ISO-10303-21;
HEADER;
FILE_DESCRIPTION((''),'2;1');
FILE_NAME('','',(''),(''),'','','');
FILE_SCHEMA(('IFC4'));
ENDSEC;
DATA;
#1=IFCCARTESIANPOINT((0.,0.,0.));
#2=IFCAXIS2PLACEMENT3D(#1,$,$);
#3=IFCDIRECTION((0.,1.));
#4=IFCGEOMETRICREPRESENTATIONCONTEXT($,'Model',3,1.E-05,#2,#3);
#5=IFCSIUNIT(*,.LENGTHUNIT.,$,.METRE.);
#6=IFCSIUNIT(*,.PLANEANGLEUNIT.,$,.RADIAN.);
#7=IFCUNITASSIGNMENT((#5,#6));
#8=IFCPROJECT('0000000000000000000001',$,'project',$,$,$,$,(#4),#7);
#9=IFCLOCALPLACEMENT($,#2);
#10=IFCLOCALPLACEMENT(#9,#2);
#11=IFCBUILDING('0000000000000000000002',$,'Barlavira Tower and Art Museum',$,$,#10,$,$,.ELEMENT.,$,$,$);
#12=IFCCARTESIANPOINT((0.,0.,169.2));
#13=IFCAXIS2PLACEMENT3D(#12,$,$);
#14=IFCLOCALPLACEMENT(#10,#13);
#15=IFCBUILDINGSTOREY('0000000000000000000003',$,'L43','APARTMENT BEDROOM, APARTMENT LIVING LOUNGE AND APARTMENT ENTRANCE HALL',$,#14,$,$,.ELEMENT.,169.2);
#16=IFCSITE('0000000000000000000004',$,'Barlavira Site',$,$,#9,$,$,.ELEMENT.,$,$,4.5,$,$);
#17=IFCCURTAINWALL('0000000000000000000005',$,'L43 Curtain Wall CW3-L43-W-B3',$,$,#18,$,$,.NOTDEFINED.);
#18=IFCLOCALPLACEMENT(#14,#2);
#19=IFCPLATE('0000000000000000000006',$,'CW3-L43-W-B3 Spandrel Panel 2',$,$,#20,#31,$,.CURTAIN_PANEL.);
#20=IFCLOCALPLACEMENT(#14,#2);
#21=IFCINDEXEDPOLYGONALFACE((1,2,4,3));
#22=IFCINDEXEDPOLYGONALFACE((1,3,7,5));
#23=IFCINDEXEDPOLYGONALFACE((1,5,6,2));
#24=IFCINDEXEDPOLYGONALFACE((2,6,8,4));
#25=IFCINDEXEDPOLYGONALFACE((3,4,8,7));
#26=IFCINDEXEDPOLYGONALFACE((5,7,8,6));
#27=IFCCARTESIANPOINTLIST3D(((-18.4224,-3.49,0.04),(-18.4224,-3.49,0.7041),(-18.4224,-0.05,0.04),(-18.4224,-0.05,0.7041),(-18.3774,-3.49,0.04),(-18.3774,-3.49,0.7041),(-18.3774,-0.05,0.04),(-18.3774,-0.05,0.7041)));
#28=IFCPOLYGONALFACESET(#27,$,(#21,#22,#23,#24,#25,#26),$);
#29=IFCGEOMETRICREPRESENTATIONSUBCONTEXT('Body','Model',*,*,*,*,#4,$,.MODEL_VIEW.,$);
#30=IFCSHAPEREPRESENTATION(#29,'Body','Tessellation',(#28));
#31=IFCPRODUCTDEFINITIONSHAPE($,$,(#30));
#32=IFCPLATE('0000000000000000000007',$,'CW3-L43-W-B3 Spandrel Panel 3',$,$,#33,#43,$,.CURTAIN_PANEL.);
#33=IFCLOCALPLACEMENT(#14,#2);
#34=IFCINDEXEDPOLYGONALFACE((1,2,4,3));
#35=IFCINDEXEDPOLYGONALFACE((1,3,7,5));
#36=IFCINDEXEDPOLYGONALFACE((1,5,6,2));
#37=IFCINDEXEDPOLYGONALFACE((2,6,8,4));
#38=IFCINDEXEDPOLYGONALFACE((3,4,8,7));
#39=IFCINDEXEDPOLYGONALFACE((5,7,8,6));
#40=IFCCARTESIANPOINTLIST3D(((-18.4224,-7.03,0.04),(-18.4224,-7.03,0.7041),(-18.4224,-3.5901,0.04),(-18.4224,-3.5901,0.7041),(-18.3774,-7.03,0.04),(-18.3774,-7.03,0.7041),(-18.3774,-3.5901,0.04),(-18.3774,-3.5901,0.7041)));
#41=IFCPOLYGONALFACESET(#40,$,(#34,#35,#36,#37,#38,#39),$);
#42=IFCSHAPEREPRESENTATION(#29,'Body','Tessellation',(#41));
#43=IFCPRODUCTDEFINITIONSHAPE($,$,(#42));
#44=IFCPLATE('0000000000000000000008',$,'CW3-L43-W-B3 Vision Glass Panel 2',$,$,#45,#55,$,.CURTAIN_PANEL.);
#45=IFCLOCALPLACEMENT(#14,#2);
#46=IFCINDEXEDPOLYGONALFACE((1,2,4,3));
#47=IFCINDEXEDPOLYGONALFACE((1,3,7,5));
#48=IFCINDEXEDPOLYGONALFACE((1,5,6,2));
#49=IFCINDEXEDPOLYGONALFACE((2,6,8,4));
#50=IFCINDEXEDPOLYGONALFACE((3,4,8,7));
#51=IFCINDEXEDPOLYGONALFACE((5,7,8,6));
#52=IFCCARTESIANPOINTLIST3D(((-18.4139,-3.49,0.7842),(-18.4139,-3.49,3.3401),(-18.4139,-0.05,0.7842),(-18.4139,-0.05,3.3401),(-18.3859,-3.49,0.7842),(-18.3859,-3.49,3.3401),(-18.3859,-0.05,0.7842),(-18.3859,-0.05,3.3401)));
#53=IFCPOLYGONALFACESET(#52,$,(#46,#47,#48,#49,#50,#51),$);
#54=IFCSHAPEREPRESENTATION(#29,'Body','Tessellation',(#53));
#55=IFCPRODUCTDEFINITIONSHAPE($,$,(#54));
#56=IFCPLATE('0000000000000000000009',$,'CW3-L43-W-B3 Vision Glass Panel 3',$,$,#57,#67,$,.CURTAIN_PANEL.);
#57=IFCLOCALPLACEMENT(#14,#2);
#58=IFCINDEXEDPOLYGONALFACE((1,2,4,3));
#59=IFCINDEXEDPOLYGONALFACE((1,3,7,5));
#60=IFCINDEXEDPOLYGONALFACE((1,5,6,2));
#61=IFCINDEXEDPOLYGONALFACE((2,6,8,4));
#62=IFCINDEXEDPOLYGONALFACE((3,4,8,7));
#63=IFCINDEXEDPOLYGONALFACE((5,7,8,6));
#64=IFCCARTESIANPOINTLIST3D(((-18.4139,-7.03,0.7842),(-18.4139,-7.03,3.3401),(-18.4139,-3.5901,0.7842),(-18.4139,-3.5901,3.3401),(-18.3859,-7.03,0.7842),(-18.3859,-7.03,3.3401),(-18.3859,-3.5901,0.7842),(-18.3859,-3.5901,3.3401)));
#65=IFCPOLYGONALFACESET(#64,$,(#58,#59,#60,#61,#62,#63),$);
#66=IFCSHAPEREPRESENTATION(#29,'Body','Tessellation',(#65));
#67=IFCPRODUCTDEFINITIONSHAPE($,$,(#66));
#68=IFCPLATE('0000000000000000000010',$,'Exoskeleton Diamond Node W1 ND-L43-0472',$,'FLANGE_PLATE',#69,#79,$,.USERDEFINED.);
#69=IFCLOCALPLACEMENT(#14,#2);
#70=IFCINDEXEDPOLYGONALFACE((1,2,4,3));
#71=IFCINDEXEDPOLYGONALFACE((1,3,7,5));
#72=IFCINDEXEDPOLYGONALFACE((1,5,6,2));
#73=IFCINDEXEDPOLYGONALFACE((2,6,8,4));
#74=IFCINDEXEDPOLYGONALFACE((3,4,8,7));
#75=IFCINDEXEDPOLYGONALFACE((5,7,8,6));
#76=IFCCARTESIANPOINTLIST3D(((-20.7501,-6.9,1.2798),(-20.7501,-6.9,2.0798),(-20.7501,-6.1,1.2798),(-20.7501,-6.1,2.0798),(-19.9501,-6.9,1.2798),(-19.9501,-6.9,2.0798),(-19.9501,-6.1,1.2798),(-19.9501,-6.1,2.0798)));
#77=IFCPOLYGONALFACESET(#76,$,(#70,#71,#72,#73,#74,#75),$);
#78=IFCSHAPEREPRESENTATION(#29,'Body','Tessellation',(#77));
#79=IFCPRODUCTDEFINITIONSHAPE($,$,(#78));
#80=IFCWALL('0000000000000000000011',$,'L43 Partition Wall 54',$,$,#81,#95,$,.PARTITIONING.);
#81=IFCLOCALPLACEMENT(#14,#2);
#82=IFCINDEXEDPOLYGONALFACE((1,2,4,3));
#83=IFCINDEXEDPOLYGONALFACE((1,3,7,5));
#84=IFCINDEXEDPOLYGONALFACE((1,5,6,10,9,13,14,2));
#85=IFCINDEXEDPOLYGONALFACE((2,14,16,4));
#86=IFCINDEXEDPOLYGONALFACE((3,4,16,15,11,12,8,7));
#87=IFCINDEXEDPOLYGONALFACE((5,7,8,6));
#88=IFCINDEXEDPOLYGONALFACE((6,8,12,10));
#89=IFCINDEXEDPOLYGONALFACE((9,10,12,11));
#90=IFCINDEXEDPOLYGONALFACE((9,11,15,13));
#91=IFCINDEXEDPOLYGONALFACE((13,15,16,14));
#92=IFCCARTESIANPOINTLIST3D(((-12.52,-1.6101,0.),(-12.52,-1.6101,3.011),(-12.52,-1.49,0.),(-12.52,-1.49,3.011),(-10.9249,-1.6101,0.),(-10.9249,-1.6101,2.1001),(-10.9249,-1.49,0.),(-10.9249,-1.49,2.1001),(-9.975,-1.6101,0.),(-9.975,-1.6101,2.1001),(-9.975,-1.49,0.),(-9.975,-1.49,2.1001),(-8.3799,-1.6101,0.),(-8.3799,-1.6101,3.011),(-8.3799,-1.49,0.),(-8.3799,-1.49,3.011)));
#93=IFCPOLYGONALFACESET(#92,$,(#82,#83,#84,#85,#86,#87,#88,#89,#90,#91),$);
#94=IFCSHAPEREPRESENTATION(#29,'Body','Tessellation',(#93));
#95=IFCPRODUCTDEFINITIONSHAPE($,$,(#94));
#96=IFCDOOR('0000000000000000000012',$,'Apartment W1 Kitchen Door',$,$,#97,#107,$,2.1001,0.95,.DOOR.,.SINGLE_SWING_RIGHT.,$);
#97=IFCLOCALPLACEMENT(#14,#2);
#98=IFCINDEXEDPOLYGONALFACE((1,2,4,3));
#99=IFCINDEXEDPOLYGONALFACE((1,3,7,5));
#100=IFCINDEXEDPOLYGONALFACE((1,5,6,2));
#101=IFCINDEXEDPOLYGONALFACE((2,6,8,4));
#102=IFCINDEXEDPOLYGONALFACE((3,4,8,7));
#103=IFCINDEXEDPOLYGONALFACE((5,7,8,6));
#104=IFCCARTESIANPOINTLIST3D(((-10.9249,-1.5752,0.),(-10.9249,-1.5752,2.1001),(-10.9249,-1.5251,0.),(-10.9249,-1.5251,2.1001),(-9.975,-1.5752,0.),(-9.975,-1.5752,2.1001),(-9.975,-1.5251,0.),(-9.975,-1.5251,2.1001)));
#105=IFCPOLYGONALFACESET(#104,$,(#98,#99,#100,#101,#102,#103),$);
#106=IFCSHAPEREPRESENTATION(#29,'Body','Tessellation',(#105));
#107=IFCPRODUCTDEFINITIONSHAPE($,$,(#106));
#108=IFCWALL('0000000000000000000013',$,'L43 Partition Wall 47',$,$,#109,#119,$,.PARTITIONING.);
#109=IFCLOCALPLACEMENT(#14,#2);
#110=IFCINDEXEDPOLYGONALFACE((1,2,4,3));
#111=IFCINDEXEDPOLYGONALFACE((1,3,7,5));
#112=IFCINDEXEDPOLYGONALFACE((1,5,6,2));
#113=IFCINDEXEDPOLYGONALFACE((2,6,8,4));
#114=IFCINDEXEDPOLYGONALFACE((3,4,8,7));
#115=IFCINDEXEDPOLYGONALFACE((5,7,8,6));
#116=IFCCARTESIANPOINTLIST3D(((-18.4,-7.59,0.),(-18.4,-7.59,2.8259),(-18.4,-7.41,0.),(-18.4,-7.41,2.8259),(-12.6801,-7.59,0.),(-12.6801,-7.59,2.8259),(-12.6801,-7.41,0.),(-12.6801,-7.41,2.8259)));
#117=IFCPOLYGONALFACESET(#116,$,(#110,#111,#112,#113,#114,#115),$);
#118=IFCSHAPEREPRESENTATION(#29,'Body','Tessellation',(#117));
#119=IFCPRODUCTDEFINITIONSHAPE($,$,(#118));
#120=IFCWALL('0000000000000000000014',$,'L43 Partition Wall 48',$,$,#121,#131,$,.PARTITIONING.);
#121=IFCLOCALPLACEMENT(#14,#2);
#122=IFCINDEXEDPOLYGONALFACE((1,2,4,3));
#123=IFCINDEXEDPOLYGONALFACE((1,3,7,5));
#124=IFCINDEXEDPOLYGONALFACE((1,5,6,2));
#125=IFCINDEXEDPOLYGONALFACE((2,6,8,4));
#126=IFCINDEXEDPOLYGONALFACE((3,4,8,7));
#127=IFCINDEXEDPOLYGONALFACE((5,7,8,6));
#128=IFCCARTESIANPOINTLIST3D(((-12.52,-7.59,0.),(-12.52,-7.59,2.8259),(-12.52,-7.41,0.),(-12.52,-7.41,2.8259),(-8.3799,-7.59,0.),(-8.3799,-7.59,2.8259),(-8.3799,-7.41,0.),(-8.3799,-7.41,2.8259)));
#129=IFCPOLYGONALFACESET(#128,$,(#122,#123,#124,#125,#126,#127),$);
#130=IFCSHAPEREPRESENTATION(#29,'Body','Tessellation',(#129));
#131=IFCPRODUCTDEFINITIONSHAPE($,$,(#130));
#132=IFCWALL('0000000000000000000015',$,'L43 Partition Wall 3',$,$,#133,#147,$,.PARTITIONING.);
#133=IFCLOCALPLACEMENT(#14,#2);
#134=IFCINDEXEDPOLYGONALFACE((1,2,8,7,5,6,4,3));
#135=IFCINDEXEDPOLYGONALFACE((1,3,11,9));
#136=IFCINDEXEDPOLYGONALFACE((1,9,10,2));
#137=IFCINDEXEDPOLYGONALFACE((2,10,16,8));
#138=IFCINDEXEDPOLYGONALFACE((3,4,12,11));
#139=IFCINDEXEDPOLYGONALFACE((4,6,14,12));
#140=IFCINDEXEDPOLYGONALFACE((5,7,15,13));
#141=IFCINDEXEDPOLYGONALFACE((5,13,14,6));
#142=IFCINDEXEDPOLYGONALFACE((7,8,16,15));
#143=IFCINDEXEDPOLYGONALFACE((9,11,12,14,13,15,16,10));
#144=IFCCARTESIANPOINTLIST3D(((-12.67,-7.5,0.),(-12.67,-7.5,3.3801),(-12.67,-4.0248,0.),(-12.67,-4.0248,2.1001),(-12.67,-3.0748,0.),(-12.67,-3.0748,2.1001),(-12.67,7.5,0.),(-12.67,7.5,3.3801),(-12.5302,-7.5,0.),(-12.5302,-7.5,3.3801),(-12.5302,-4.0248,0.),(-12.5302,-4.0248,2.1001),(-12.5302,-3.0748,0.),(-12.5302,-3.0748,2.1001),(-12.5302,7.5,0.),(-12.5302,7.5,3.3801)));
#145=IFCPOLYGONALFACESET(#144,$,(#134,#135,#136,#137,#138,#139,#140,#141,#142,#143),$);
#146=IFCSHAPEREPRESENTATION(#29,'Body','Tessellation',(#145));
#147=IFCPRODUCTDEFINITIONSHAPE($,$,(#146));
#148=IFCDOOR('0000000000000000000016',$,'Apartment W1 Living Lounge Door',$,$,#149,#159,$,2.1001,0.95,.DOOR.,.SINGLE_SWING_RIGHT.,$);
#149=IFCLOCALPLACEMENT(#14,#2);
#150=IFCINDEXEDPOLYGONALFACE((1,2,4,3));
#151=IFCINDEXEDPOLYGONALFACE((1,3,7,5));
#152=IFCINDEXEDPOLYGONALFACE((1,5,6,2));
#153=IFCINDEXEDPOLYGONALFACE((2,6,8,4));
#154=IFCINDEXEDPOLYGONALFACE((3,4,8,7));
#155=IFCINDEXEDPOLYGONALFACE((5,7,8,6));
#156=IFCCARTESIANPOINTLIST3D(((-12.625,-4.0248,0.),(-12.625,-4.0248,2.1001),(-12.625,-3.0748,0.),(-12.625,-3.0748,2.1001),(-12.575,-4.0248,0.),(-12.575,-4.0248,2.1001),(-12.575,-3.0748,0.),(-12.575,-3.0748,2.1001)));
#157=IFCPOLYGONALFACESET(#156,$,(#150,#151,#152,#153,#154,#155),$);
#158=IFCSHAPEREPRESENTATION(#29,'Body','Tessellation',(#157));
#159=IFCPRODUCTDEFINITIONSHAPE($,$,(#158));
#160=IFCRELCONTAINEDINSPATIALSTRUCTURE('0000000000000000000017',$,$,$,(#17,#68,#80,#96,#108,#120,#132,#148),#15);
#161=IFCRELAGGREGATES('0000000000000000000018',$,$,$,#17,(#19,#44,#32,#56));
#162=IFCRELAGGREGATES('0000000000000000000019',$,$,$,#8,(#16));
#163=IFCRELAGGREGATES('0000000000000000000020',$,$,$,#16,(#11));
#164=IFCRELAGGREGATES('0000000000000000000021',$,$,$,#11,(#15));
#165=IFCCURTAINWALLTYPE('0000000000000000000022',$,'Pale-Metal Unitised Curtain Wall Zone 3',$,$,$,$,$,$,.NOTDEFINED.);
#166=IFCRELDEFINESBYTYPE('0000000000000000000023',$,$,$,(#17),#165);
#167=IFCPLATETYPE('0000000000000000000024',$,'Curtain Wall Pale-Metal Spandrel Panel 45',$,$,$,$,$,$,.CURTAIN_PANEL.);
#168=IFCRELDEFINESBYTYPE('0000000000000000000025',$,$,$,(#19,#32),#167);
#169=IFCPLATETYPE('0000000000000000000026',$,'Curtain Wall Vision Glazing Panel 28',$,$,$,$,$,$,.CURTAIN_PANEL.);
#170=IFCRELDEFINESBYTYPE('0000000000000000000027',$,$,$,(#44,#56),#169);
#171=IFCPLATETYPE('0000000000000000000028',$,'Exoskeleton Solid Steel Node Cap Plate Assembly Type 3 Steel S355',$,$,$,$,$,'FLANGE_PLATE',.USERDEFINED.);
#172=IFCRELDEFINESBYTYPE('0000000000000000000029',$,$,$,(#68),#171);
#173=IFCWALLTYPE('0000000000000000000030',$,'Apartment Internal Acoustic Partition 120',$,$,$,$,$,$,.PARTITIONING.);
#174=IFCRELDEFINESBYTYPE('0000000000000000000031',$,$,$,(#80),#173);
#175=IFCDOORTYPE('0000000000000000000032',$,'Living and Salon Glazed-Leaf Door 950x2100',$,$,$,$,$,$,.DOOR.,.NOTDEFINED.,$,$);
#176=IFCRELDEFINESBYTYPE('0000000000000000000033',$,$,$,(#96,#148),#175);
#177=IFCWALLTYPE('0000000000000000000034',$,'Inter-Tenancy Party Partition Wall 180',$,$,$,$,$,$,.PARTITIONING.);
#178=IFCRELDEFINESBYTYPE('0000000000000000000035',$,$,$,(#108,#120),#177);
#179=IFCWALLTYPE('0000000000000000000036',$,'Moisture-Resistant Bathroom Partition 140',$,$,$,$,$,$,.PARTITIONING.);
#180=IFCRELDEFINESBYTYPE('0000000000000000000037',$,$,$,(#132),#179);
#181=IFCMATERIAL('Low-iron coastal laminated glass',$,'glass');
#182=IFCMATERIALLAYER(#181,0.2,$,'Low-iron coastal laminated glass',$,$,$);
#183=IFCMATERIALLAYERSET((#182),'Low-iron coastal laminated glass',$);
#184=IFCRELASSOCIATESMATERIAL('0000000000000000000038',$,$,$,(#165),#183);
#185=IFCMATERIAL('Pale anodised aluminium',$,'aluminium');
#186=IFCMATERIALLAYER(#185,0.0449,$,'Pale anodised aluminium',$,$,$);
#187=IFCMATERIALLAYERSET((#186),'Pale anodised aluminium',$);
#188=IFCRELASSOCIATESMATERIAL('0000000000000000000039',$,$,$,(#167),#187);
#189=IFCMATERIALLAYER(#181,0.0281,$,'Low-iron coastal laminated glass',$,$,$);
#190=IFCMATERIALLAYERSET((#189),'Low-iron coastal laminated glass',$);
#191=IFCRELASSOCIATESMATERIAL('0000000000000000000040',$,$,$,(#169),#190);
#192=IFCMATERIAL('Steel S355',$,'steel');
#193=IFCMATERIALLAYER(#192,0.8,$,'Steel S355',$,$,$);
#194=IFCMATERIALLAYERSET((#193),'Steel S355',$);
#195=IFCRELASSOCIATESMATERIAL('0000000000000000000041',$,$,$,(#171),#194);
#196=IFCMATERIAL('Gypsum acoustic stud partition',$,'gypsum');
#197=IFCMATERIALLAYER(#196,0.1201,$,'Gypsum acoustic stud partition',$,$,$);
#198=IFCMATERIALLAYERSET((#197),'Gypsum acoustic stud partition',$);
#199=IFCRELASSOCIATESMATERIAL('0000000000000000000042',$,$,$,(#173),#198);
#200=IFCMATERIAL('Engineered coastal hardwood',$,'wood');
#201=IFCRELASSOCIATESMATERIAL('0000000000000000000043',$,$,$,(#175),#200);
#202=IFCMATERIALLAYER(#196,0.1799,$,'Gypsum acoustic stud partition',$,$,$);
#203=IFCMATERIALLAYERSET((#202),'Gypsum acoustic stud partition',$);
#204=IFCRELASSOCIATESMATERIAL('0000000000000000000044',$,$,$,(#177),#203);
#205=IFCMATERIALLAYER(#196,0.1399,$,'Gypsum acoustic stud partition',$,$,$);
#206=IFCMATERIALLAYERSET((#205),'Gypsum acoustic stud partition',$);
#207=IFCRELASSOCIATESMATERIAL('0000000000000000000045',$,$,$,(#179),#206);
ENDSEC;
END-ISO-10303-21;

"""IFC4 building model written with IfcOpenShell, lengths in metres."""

from ifc_helpers import new_model, si_unit, direction, frame, frame_2d, origin, origin_2d, place, context, subcontext, project, spatial, rectangle, extrude, material, layer, layer_set, type_object, element, fill, aggregate, save


model = new_model("IFC4")

# Units and contexts
model_context = context("Model", 3, precision=1e-05, world=origin(), true_north=direction((0.0, 1.0)))
body_context = subcontext(model_context, "Body", "Model", "MODEL_VIEW")
ifc_project = project(units=[si_unit("LENGTHUNIT", "METRE"), si_unit("PLANEANGLEUNIT", "RADIAN")], contexts=[model_context])

# Site, building, storey
site_placement = place(None, origin())
site = spatial("IfcSite", under=ifc_project, at=site_placement, Name="Barlavira Site", CompositionType="ELEMENT", RefElevation=4.5)
building_placement = place(site_placement, origin())
building = spatial("IfcBuilding", under=site, at=building_placement, Name="Barlavira Tower and Art Museum", CompositionType="ELEMENT")
storey_placement = place(building_placement, frame((0.0, 0.0, 169.2)))
storey = spatial("IfcBuildingStorey", under=building, at=storey_placement, Name="L43", Description="APARTMENT BEDROOM, APARTMENT LIVING LOUNGE AND APARTMENT ENTRANCE HALL", CompositionType="ELEMENT", Elevation=169.2)

# Curtain wall
ifc_material_1 = material(Name="Low-iron coastal laminated glass", Category="glass")
ifc_layer_1 = layer(ifc_material_1, 0.2, Name="Low-iron coastal laminated glass")
ifc_layer_set_1 = layer_set([ifc_layer_1], Name="Low-iron coastal laminated glass")
curtain_wall_type = type_object("IfcCurtainWallType", Name="Pale-Metal Unitised Curtain Wall Zone 3", PredefinedType="NOTDEFINED", material=ifc_layer_set_1)
curtain_wall_placement = place(storey_placement, origin())
curtain_wall = element("IfcCurtainWall", 1, at=curtain_wall_placement, inside=storey, type_object=curtain_wall_type, Name="L43 Curtain Wall CW3-L43-W-B3", PredefinedType="NOTDEFINED")
ifc_material_2 = material(Name="Pale anodised aluminium", Category="aluminium")

# Shared definitions
ifc_material_3 = material(Name="Steel S355", Category="steel")

# Plates
ifc_layer_2 = layer(ifc_material_2, 0.0449, Name="Pale anodised aluminium")
ifc_layer_set_2 = layer_set([ifc_layer_2], Name="Pale anodised aluminium")
plate_type_1 = type_object("IfcPlateType", Name="Curtain Wall Pale-Metal Spandrel Panel 45", PredefinedType="CURTAIN_PANEL", material=ifc_layer_set_2)
plate_1_placement = place(storey_placement, frame((-18.3999, -1.77, 0.04), z_axis=(0.0, 0.0, 1.0), x_axis=(0.0, -1.0, 0.0)))
plate_1 = element("IfcPlate", 2, at=plate_1_placement, type_object=plate_type_1, Name="CW3-L43-W-B3 Spandrel Panel 2", PredefinedType="CURTAIN_PANEL", context=body_context, shape_type="SweptSolid", body=[
    extrude(rectangle(XDim=3.4399, YDim=0.0449, at=origin_2d()), origin(), (0.0, 0.0, 1.0), 0.6641),
])
plate_2_placement = place(storey_placement, frame((-18.3999, -5.3101, 0.04), z_axis=(0.0, 0.0, 1.0), x_axis=(0.0, -1.0, 0.0)))
plate_2 = element("IfcPlate", 3, at=plate_2_placement, type_object=plate_type_1, Name="CW3-L43-W-B3 Spandrel Panel 3", PredefinedType="CURTAIN_PANEL", context=body_context, shape_type="SweptSolid", body=[
    extrude(rectangle(XDim=3.4399, YDim=0.0449, at=origin_2d()), origin(), (0.0, 0.0, 1.0), 0.6641),
])
ifc_layer_3 = layer(ifc_material_1, 0.0281, Name="Low-iron coastal laminated glass")
ifc_layer_set_3 = layer_set([ifc_layer_3], Name="Low-iron coastal laminated glass")
plate_type_2 = type_object("IfcPlateType", Name="Curtain Wall Vision Glazing Panel 28", PredefinedType="CURTAIN_PANEL", material=ifc_layer_set_3)
plate_3_placement = place(storey_placement, frame((-18.3999, -1.77, 0.7842), z_axis=(0.0, 0.0, 1.0), x_axis=(0.0, -1.0, 0.0)))
plate_3 = element("IfcPlate", 4, at=plate_3_placement, type_object=plate_type_2, Name="CW3-L43-W-B3 Vision Glass Panel 2", PredefinedType="CURTAIN_PANEL", context=body_context, shape_type="SweptSolid", body=[
    extrude(rectangle(XDim=3.4399, YDim=0.0281, at=origin_2d()), origin(), (0.0, 0.0, 1.0), 2.5559),
])
plate_4_placement = place(storey_placement, frame((-18.3999, -5.3101, 0.7842), z_axis=(0.0, 0.0, 1.0), x_axis=(0.0, -1.0, 0.0)))
plate_4 = element("IfcPlate", 5, at=plate_4_placement, type_object=plate_type_2, Name="CW3-L43-W-B3 Vision Glass Panel 3", PredefinedType="CURTAIN_PANEL", context=body_context, shape_type="SweptSolid", body=[
    extrude(rectangle(XDim=3.4399, YDim=0.0281, at=origin_2d()), origin(), (0.0, 0.0, 1.0), 2.5559),
])
aggregate(curtain_wall, [plate_1, plate_3, plate_2, plate_4])
ifc_layer_4 = layer(ifc_material_3, 0.8, Name="Steel S355")
ifc_layer_set_4 = layer_set([ifc_layer_4], Name="Steel S355")
plate_type_3 = type_object("IfcPlateType", Name="Exoskeleton Solid Steel Node Cap Plate Assembly Type 3 Steel S355", ElementType="FLANGE_PLATE", PredefinedType="USERDEFINED", material=ifc_layer_set_4)
plate_5_placement = place(storey_placement, frame((-20.3501, -6.5, 1.2798), z_axis=(0.0, 0.0, 1.0), x_axis=(1.0, 0.0, 0.0)))
element("IfcPlate", 6, at=plate_5_placement, inside=storey, type_object=plate_type_3, Name="Exoskeleton Diamond Node W1 ND-L43-0472", ObjectType="FLANGE_PLATE", PredefinedType="USERDEFINED", context=body_context, shape_type="SweptSolid", body=[
    extrude(rectangle(XDim=0.8, YDim=0.8, at=origin_2d()), origin(), (0.0, 0.0, 1.0), 0.8),
])

# Wall, opening, door
ifc_material_4 = material(Name="Gypsum acoustic stud partition", Category="gypsum")
ifc_layer_5 = layer(ifc_material_4, 0.1201, Name="Gypsum acoustic stud partition")
ifc_layer_set_5 = layer_set([ifc_layer_5], Name="Gypsum acoustic stud partition")
wall_type_1 = type_object("IfcWallType", Name="Apartment Internal Acoustic Partition 120", PredefinedType="PARTITIONING", material=ifc_layer_set_5)
wall_1_placement = place(storey_placement, frame((-12.52, -1.55, 0.0), z_axis=(0.0, 0.0, 1.0), x_axis=(1.0, 0.0, 0.0)))
wall_1 = element("IfcWall", 7, at=wall_1_placement, inside=storey, type_object=wall_type_1, Name="L43 Partition Wall 54", PredefinedType="PARTITIONING", context=body_context, shape_type="SweptSolid", body=[
    extrude(rectangle(XDim=4.1401, YDim=0.1201, at=frame_2d((2.0701, 0.0))), origin(), (0.0, 0.0, 1.0), 3.011),
])
opening_1_placement = place(wall_1_placement, frame((1.595, 0.0, 0.0)))
opening_1 = element("IfcOpeningElement", 8, at=opening_1_placement, cuts=wall_1, PredefinedType="OPENING", context=body_context, shape_type="SweptSolid", body=[
    extrude(rectangle(XDim=0.95, YDim=2.1001, at=frame_2d((0.4751, 1.05))), frame((0.0, 0.0701, 0.0), z_axis=(0.0, -1.0, 0.0), x_axis=(1.0, 0.0, 0.0)), (0.0, 0.0, 1.0), 0.1401),
])
ifc_material_5 = material(Name="Engineered coastal hardwood", Category="wood")
door_type_1 = type_object("IfcDoorType", Name="Living and Salon Glazed-Leaf Door 950x2100", OperationType="NOTDEFINED", PredefinedType="DOOR", material=ifc_material_5)
door_1_placement = place(opening_1_placement, origin())
door_1 = element("IfcDoor", 9, at=door_1_placement, inside=storey, type_object=door_type_1, Name="Apartment W1 Kitchen Door", OperationType="SINGLE_SWING_RIGHT", OverallHeight=2.1001, OverallWidth=0.95, PredefinedType="DOOR", context=body_context, shape_type="SweptSolid", body=[
    extrude(rectangle(XDim=0.95, YDim=2.1001, at=frame_2d((0.4751, 1.05))), frame((0.0, 0.0249, 0.0), z_axis=(0.0, -1.0, 0.0), x_axis=(1.0, 0.0, 0.0)), (0.0, 0.0, 1.0), 0.05),
])
fill(opening_1, door_1)
ifc_layer_6 = layer(ifc_material_4, 0.1799, Name="Gypsum acoustic stud partition")
ifc_layer_set_6 = layer_set([ifc_layer_6], Name="Gypsum acoustic stud partition")
wall_type_2 = type_object("IfcWallType", Name="Inter-Tenancy Party Partition Wall 180", PredefinedType="PARTITIONING", material=ifc_layer_set_6)

# Walls
wall_2_placement = place(storey_placement, frame((-18.3999, -7.5, 0.0), z_axis=(0.0, 0.0, 1.0), x_axis=(1.0, 0.0, 0.0)))
element("IfcWall", 10, at=wall_2_placement, inside=storey, type_object=wall_type_2, Name="L43 Partition Wall 47", PredefinedType="PARTITIONING", context=body_context, shape_type="SweptSolid", body=[
    extrude(rectangle(XDim=5.72, YDim=0.1799, at=frame_2d((2.8599, 0.0))), origin(), (0.0, 0.0, 1.0), 2.8259),
])
wall_3_placement = place(storey_placement, frame((-12.52, -7.5, 0.0), z_axis=(0.0, 0.0, 1.0), x_axis=(1.0, 0.0, 0.0)))
element("IfcWall", 11, at=wall_3_placement, inside=storey, type_object=wall_type_2, Name="L43 Partition Wall 48", PredefinedType="PARTITIONING", context=body_context, shape_type="SweptSolid", body=[
    extrude(rectangle(XDim=4.1401, YDim=0.1799, at=frame_2d((2.0701, 0.0))), origin(), (0.0, 0.0, 1.0), 2.8259),
])

# Wall, opening, door
ifc_layer_7 = layer(ifc_material_4, 0.1399, Name="Gypsum acoustic stud partition")
ifc_layer_set_7 = layer_set([ifc_layer_7], Name="Gypsum acoustic stud partition")
wall_type_3 = type_object("IfcWallType", Name="Moisture-Resistant Bathroom Partition 140", PredefinedType="PARTITIONING", material=ifc_layer_set_7)
wall_4_placement = place(storey_placement, frame((-12.6001, -7.5, 0.0), z_axis=(0.0, 0.0, 1.0), x_axis=(0.0, 1.0, 0.0)))
wall_4 = element("IfcWall", 12, at=wall_4_placement, inside=storey, type_object=wall_type_3, Name="L43 Partition Wall 3", PredefinedType="PARTITIONING", context=body_context, shape_type="SweptSolid", body=[
    extrude(rectangle(XDim=15.0, YDim=0.1399, at=frame_2d((7.5, 0.0))), origin(), (0.0, 0.0, 1.0), 3.3801),
])
opening_2_placement = place(wall_4_placement, frame((3.4751, 0.0, 0.0)))
opening_2 = element("IfcOpeningElement", 13, at=opening_2_placement, cuts=wall_4, PredefinedType="OPENING", context=body_context, shape_type="SweptSolid", body=[
    extrude(rectangle(XDim=0.95, YDim=2.1001, at=frame_2d((0.4751, 1.05))), frame((0.0, 0.0801, 0.0), z_axis=(0.0, -1.0, 0.0), x_axis=(1.0, 0.0, 0.0)), (0.0, 0.0, 1.0), 0.1599),
])
door_2_placement = place(opening_2_placement, origin())
door_2 = element("IfcDoor", 14, at=door_2_placement, inside=storey, type_object=door_type_1, Name="Apartment W1 Living Lounge Door", OperationType="SINGLE_SWING_RIGHT", OverallHeight=2.1001, OverallWidth=0.95, PredefinedType="DOOR", context=body_context, shape_type="SweptSolid", body=[
    extrude(rectangle(XDim=0.95, YDim=2.1001, at=frame_2d((0.4751, 1.05))), frame((0.0, 0.0249, 0.0), z_axis=(0.0, -1.0, 0.0), x_axis=(1.0, 0.0, 0.0)), (0.0, 0.0, 1.0), 0.05),
])
fill(opening_2, door_2)

save(model, "model.ifc")
